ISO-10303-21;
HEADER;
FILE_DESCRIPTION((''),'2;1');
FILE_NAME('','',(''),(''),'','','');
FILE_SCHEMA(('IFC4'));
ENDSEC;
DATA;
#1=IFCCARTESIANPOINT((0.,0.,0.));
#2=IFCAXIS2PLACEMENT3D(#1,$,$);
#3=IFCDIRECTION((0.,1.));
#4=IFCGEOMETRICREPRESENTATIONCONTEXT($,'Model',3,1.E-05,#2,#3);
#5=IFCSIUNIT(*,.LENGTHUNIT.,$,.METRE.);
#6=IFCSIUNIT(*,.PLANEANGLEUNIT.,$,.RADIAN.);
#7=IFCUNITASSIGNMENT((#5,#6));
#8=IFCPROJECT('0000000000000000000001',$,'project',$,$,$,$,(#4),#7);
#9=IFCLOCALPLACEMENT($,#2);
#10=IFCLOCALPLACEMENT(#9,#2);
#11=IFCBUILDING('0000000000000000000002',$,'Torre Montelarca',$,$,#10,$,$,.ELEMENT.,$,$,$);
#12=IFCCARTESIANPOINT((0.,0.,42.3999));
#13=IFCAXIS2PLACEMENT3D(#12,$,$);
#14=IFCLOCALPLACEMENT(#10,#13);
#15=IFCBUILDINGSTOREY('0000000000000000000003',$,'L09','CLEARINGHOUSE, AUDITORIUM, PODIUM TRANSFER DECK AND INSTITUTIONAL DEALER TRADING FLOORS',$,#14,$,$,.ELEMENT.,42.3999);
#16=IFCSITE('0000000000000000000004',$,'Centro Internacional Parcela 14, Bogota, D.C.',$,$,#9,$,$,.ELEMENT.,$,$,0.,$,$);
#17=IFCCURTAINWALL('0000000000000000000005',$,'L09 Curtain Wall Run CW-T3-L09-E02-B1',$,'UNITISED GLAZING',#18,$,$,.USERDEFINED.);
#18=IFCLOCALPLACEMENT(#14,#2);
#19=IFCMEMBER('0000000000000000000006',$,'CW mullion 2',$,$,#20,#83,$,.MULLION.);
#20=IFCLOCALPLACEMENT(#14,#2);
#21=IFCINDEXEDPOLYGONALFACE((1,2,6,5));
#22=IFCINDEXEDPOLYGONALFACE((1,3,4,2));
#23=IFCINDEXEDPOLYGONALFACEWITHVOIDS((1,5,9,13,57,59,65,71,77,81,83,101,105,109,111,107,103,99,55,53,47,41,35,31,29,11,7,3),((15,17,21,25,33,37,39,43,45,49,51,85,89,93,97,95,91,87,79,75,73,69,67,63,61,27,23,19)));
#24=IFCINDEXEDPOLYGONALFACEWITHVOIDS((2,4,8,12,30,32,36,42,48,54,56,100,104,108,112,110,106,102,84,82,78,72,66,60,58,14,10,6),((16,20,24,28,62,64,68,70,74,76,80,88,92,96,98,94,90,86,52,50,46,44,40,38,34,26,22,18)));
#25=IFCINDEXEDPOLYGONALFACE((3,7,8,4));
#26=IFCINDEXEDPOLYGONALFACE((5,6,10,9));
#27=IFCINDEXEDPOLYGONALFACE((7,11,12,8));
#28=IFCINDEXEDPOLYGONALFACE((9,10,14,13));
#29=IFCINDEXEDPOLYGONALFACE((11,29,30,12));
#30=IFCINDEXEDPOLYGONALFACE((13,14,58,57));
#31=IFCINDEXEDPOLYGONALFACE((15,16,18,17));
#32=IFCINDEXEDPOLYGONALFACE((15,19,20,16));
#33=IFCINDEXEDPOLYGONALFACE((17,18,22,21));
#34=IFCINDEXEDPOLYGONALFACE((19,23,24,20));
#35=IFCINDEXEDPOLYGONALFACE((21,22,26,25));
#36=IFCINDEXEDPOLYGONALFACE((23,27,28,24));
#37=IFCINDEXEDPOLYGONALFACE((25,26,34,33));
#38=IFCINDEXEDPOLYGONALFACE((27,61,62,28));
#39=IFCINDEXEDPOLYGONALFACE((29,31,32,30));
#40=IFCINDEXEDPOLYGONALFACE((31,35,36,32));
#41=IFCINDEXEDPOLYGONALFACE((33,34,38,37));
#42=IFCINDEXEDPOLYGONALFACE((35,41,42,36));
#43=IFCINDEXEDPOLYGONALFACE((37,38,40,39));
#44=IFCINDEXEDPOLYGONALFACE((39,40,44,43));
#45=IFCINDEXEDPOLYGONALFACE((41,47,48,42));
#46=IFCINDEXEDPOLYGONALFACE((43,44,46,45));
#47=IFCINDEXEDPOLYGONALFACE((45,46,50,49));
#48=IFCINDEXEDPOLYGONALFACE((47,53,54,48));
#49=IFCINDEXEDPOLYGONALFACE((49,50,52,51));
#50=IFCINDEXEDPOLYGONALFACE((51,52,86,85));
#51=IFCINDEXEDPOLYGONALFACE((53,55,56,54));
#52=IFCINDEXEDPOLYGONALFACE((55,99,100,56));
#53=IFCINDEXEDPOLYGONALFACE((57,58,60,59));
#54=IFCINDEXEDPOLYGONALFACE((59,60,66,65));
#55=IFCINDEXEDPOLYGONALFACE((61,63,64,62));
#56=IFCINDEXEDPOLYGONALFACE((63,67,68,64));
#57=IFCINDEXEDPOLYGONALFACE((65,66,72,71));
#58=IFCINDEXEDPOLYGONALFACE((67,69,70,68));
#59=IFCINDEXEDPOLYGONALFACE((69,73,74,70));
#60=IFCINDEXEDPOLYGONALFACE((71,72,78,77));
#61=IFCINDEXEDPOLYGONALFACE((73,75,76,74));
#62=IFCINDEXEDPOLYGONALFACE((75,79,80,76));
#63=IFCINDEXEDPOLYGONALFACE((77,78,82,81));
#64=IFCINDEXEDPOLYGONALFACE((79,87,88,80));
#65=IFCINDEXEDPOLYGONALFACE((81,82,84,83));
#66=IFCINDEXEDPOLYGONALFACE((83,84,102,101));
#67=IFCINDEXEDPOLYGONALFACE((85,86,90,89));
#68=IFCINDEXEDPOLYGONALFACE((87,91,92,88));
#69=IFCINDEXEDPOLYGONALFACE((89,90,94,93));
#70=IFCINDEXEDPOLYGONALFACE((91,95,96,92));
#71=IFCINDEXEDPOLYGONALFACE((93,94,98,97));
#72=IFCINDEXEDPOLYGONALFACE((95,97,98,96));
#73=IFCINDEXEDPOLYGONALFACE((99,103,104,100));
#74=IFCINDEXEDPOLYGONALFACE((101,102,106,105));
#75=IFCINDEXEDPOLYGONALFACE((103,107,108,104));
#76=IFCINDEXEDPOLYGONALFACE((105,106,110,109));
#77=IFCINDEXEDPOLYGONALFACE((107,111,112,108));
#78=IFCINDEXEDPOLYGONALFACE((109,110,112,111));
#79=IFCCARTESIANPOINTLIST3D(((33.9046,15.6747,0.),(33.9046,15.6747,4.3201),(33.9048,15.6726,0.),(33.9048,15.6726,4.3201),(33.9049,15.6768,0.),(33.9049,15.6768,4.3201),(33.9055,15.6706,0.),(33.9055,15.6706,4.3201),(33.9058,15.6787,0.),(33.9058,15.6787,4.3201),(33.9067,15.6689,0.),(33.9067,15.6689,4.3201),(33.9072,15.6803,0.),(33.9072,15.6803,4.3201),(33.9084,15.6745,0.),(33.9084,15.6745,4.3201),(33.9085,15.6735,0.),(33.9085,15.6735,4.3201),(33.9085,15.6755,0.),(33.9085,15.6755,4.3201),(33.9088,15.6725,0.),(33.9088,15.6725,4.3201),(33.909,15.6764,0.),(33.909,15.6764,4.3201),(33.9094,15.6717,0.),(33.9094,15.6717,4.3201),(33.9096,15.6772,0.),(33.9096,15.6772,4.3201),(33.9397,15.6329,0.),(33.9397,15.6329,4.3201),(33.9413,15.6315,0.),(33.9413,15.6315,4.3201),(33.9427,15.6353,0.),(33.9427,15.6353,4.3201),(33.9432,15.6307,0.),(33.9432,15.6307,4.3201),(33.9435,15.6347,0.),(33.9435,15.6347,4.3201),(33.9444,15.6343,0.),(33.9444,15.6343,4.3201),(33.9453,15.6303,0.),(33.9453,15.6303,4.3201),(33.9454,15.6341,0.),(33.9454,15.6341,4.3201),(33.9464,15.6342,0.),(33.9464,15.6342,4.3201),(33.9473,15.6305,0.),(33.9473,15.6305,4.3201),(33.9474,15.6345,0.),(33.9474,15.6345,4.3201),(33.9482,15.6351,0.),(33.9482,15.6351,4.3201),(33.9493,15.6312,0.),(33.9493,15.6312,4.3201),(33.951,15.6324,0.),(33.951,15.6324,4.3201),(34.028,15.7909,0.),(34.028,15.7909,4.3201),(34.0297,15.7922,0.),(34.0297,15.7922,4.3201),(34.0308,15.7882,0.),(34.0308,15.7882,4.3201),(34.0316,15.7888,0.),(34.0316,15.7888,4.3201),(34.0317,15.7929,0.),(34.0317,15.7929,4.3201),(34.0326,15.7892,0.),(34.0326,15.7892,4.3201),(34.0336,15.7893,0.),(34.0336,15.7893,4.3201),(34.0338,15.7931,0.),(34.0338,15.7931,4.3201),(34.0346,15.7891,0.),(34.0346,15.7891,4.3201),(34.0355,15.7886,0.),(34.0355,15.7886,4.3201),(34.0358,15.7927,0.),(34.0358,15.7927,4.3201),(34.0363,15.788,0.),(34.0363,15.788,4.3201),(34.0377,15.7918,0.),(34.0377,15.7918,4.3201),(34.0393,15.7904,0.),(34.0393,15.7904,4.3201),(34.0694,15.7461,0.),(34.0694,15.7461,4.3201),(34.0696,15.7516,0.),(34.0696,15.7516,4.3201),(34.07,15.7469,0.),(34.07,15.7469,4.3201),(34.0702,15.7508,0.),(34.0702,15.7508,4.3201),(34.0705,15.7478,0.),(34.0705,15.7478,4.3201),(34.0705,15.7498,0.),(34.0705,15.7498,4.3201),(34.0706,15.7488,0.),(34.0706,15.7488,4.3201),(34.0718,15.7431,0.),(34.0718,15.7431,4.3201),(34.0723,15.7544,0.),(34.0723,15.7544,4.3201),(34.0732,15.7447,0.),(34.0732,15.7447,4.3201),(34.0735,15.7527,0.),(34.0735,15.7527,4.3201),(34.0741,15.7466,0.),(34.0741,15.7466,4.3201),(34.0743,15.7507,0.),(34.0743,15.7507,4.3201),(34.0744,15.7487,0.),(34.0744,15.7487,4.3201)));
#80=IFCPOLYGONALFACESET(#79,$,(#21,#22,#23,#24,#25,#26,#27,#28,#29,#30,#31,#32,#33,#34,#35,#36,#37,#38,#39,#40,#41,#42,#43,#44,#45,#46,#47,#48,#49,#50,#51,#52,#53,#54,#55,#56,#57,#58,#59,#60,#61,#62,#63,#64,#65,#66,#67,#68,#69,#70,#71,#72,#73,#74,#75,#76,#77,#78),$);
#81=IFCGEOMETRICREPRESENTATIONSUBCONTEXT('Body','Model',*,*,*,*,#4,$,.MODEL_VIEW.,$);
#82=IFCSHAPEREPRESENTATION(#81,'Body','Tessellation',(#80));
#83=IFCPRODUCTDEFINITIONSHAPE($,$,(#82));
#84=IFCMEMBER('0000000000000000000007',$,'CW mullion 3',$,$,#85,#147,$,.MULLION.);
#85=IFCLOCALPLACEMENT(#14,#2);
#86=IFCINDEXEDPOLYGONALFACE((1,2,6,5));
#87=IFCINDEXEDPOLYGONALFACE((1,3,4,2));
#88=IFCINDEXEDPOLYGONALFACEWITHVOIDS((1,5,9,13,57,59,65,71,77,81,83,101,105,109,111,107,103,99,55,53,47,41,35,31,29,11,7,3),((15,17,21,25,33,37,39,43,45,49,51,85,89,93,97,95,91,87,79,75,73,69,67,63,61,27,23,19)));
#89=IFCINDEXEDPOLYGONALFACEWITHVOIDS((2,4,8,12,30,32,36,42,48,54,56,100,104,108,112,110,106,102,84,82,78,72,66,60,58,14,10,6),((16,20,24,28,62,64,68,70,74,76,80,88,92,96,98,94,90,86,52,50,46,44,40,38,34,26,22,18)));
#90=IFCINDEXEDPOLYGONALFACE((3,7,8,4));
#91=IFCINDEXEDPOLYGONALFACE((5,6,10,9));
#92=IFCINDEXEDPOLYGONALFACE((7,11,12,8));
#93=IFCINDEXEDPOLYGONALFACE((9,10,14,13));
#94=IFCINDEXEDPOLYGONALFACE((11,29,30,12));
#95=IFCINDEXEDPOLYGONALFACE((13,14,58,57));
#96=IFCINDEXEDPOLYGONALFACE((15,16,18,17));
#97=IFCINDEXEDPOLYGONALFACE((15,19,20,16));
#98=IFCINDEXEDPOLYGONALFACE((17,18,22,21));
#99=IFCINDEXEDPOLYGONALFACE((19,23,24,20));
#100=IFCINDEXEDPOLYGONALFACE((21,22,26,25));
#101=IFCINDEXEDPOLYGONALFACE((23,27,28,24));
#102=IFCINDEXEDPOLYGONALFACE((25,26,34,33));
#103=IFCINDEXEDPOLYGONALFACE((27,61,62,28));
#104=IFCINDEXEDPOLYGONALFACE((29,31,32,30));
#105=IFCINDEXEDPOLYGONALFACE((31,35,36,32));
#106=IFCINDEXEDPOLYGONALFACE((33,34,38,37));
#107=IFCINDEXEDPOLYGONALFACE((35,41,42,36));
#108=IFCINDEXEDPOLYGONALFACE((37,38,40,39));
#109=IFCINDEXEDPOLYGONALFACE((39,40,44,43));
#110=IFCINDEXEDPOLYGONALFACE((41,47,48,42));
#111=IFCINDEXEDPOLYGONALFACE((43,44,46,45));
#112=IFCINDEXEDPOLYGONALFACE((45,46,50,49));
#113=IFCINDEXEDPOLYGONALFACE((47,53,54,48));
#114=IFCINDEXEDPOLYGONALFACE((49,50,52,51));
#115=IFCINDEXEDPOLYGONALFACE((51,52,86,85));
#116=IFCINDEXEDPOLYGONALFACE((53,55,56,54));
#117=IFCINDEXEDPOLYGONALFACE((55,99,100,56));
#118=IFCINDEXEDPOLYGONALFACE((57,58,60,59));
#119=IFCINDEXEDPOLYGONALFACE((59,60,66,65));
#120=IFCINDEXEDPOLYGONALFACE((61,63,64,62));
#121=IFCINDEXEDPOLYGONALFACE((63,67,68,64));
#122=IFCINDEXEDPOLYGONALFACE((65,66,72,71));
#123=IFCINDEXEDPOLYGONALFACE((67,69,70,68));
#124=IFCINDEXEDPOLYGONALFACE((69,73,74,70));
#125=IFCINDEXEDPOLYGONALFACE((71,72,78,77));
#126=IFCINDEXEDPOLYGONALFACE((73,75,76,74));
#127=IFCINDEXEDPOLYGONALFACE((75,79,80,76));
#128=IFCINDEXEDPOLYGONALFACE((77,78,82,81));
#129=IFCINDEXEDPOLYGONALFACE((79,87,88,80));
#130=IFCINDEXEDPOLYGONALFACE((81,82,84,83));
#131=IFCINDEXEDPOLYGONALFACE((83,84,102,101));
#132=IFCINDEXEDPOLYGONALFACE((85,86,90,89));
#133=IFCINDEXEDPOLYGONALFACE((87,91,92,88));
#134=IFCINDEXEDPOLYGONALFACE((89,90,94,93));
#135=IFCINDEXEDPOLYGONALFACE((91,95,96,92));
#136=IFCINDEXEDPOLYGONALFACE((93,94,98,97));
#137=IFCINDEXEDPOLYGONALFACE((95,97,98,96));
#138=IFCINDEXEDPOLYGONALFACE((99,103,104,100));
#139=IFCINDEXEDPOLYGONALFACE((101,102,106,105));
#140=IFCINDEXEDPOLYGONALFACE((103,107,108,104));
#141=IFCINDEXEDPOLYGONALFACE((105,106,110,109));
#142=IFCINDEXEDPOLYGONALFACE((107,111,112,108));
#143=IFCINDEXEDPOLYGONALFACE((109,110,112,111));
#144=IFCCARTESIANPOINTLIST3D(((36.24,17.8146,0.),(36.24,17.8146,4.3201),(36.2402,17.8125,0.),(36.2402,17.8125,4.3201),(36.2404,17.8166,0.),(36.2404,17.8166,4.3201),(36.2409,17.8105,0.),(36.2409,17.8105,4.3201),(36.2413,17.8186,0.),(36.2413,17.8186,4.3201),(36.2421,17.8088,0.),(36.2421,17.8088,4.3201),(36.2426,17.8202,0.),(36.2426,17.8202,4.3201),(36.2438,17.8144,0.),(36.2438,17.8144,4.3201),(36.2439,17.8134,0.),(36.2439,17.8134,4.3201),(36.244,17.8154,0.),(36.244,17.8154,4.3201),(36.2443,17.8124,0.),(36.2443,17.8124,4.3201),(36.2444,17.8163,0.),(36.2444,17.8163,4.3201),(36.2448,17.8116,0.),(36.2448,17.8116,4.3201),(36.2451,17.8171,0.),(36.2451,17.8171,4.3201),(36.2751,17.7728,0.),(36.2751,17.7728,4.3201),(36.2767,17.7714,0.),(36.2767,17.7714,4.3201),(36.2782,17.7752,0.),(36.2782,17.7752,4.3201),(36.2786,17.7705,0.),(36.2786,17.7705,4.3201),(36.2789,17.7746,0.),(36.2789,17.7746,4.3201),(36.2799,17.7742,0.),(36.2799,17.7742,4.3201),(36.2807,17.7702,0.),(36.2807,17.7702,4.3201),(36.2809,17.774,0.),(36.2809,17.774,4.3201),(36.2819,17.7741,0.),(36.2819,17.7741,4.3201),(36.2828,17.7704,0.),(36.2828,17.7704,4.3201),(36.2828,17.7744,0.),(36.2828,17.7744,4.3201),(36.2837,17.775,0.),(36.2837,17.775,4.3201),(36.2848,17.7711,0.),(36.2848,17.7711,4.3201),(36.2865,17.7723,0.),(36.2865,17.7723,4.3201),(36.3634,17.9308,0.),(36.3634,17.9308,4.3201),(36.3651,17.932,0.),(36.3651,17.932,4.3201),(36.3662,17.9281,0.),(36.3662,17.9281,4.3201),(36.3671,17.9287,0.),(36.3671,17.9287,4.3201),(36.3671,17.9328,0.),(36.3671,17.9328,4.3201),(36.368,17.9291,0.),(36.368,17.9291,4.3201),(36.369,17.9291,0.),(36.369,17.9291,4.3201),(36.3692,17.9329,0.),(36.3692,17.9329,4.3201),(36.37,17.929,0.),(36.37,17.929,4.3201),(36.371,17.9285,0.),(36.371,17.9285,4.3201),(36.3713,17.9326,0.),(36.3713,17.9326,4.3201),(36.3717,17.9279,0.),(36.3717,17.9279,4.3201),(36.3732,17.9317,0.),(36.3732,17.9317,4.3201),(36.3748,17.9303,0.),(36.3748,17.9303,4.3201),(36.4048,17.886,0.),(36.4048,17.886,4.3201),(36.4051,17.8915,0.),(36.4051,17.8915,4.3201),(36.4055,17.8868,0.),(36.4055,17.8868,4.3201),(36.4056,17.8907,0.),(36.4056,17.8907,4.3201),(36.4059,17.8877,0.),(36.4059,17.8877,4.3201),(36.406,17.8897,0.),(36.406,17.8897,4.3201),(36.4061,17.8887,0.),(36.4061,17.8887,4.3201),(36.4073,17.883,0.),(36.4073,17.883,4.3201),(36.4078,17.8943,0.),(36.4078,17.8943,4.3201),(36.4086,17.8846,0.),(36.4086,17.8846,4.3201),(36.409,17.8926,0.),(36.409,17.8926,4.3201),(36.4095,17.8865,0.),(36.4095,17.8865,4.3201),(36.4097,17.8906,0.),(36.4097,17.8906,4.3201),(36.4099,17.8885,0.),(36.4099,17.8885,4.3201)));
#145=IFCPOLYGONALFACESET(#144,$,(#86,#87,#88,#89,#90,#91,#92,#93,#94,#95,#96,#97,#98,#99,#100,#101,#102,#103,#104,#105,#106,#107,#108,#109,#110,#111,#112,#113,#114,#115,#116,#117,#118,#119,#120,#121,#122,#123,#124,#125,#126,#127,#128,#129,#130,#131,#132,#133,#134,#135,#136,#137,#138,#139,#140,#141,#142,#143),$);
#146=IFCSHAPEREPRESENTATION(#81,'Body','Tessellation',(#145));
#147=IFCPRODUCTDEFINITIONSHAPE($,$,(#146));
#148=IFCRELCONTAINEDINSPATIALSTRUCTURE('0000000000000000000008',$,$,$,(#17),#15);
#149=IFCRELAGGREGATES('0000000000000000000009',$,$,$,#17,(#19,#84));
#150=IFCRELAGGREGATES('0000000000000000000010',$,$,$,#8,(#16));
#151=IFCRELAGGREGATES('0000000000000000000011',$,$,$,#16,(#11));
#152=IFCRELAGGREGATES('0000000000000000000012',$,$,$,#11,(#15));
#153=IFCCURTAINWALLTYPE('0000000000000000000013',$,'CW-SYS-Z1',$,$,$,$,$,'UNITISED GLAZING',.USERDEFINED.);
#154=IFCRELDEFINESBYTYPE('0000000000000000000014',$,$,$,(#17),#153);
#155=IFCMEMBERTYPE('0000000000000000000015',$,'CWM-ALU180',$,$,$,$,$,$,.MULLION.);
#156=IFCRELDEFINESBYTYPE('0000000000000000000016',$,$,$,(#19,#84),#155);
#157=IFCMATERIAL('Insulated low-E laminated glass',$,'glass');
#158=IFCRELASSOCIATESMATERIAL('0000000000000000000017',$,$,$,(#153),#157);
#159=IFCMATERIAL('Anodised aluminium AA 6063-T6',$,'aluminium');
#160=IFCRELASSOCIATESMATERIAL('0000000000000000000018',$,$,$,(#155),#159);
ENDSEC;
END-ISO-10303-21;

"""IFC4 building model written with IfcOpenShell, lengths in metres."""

from ifc_helpers import new_model, si_unit, direction, frame, origin, origin_2d, place, context, subcontext, project, spatial, hollow_rectangle, extrude, source, transform, mapped, material, material_profile, profile_set, type_object, element, aggregate, save


model = new_model("IFC4")

# Units and contexts
model_context = context("Model", 3, precision=1e-05, world=origin(), true_north=direction((0.0, 1.0)))
body_context = subcontext(model_context, "Body", "Model", "MODEL_VIEW")
ifc_project = project(units=[si_unit("LENGTHUNIT", "METRE"), si_unit("PLANEANGLEUNIT", "RADIAN")], contexts=[model_context])

# Site, building, storey
site_placement = place(None, origin())
site = spatial("IfcSite", under=ifc_project, at=site_placement, Name="Centro Internacional Parcela 14, Bogota, D.C.", CompositionType="ELEMENT", RefElevation=0.0)
building_placement = place(site_placement, origin())
building = spatial("IfcBuilding", under=site, at=building_placement, Name="Torre Montelarca", CompositionType="ELEMENT")
storey_placement = place(building_placement, frame((0.0, 0.0, 42.3999)))
storey = spatial("IfcBuildingStorey", under=building, at=storey_placement, Name="L09", Description="CLEARINGHOUSE, AUDITORIUM, PODIUM TRANSFER DECK AND INSTITUTIONAL DEALER TRADING FLOORS", CompositionType="ELEMENT", Elevation=42.3999)

# Curtain wall, members
ifc_material_1 = material(Name="Insulated low-E laminated glass", Category="glass")
curtain_wall_type = type_object("IfcCurtainWallType", Name="CW-SYS-Z1", ElementType="UNITISED GLAZING", PredefinedType="USERDEFINED", material=ifc_material_1)
ifc_material_2 = material(Name="Anodised aluminium AA 6063-T6", Category="aluminium")
ifc_material_profile_1 = material_profile(ifc_material_2, hollow_rectangle(XDim=0.0649, YDim=0.1799, WallThickness=0.0039, InnerFilletRadius=0.0039, OuterFilletRadius=0.0081, at=origin_2d()), Name="ALU65X180X4", Category="aluminium")
ifc_profile_set_1 = profile_set([ifc_material_profile_1], Name="Anodised aluminium AA 6063-T6")
member_type_1 = type_object("IfcMemberType", Name="CWM-ALU180", PredefinedType="MULLION", material=ifc_profile_set_1)
shared_shape_1 = source(origin(), body_context, "Body", "SweptSolid", [
    extrude(hollow_rectangle(XDim=0.0649, YDim=0.1799, WallThickness=0.0039, InnerFilletRadius=0.0039, OuterFilletRadius=0.0081, at=origin_2d()), origin(), (0.0, 0.0, 1.0), 4.3201),
])
curtain_wall_1_placement = place(storey_placement, origin())
curtain_wall_1 = element("IfcCurtainWall", 1, at=curtain_wall_1_placement, inside=storey, type_object=curtain_wall_type, Name="L09 Curtain Wall Run CW-T3-L09-E02-B1", ObjectType="UNITISED GLAZING", PredefinedType="USERDEFINED")
member_1_placement = place(storey_placement, frame((33.9895, 15.7117, 0.0), z_axis=(0.0, 0.0, 1.0), x_axis=(-0.675575, 0.737292, 0.0)))
member_1 = element("IfcMember", 2, at=member_1_placement, type_object=member_type_1, Name="CW mullion 2", PredefinedType="MULLION", context=body_context, shape_type="MappedRepresentation", body=[
    mapped(shared_shape_1, transform((0.0, 0.0, 0.0), scale=1.0)),
])
member_2_placement = place(storey_placement, frame((36.325, 17.8516, 0.0), z_axis=(0.0, 0.0, 1.0), x_axis=(-0.675575, 0.737292, 0.0)))
member_2 = element("IfcMember", 3, at=member_2_placement, type_object=member_type_1, Name="CW mullion 3", PredefinedType="MULLION", context=body_context, shape_type="MappedRepresentation", body=[
    mapped(shared_shape_1, transform((0.0, 0.0, 0.0), scale=1.0)),
])

aggregate(curtain_wall_1, [member_1, member_2])

save(model, "model.ifc")
